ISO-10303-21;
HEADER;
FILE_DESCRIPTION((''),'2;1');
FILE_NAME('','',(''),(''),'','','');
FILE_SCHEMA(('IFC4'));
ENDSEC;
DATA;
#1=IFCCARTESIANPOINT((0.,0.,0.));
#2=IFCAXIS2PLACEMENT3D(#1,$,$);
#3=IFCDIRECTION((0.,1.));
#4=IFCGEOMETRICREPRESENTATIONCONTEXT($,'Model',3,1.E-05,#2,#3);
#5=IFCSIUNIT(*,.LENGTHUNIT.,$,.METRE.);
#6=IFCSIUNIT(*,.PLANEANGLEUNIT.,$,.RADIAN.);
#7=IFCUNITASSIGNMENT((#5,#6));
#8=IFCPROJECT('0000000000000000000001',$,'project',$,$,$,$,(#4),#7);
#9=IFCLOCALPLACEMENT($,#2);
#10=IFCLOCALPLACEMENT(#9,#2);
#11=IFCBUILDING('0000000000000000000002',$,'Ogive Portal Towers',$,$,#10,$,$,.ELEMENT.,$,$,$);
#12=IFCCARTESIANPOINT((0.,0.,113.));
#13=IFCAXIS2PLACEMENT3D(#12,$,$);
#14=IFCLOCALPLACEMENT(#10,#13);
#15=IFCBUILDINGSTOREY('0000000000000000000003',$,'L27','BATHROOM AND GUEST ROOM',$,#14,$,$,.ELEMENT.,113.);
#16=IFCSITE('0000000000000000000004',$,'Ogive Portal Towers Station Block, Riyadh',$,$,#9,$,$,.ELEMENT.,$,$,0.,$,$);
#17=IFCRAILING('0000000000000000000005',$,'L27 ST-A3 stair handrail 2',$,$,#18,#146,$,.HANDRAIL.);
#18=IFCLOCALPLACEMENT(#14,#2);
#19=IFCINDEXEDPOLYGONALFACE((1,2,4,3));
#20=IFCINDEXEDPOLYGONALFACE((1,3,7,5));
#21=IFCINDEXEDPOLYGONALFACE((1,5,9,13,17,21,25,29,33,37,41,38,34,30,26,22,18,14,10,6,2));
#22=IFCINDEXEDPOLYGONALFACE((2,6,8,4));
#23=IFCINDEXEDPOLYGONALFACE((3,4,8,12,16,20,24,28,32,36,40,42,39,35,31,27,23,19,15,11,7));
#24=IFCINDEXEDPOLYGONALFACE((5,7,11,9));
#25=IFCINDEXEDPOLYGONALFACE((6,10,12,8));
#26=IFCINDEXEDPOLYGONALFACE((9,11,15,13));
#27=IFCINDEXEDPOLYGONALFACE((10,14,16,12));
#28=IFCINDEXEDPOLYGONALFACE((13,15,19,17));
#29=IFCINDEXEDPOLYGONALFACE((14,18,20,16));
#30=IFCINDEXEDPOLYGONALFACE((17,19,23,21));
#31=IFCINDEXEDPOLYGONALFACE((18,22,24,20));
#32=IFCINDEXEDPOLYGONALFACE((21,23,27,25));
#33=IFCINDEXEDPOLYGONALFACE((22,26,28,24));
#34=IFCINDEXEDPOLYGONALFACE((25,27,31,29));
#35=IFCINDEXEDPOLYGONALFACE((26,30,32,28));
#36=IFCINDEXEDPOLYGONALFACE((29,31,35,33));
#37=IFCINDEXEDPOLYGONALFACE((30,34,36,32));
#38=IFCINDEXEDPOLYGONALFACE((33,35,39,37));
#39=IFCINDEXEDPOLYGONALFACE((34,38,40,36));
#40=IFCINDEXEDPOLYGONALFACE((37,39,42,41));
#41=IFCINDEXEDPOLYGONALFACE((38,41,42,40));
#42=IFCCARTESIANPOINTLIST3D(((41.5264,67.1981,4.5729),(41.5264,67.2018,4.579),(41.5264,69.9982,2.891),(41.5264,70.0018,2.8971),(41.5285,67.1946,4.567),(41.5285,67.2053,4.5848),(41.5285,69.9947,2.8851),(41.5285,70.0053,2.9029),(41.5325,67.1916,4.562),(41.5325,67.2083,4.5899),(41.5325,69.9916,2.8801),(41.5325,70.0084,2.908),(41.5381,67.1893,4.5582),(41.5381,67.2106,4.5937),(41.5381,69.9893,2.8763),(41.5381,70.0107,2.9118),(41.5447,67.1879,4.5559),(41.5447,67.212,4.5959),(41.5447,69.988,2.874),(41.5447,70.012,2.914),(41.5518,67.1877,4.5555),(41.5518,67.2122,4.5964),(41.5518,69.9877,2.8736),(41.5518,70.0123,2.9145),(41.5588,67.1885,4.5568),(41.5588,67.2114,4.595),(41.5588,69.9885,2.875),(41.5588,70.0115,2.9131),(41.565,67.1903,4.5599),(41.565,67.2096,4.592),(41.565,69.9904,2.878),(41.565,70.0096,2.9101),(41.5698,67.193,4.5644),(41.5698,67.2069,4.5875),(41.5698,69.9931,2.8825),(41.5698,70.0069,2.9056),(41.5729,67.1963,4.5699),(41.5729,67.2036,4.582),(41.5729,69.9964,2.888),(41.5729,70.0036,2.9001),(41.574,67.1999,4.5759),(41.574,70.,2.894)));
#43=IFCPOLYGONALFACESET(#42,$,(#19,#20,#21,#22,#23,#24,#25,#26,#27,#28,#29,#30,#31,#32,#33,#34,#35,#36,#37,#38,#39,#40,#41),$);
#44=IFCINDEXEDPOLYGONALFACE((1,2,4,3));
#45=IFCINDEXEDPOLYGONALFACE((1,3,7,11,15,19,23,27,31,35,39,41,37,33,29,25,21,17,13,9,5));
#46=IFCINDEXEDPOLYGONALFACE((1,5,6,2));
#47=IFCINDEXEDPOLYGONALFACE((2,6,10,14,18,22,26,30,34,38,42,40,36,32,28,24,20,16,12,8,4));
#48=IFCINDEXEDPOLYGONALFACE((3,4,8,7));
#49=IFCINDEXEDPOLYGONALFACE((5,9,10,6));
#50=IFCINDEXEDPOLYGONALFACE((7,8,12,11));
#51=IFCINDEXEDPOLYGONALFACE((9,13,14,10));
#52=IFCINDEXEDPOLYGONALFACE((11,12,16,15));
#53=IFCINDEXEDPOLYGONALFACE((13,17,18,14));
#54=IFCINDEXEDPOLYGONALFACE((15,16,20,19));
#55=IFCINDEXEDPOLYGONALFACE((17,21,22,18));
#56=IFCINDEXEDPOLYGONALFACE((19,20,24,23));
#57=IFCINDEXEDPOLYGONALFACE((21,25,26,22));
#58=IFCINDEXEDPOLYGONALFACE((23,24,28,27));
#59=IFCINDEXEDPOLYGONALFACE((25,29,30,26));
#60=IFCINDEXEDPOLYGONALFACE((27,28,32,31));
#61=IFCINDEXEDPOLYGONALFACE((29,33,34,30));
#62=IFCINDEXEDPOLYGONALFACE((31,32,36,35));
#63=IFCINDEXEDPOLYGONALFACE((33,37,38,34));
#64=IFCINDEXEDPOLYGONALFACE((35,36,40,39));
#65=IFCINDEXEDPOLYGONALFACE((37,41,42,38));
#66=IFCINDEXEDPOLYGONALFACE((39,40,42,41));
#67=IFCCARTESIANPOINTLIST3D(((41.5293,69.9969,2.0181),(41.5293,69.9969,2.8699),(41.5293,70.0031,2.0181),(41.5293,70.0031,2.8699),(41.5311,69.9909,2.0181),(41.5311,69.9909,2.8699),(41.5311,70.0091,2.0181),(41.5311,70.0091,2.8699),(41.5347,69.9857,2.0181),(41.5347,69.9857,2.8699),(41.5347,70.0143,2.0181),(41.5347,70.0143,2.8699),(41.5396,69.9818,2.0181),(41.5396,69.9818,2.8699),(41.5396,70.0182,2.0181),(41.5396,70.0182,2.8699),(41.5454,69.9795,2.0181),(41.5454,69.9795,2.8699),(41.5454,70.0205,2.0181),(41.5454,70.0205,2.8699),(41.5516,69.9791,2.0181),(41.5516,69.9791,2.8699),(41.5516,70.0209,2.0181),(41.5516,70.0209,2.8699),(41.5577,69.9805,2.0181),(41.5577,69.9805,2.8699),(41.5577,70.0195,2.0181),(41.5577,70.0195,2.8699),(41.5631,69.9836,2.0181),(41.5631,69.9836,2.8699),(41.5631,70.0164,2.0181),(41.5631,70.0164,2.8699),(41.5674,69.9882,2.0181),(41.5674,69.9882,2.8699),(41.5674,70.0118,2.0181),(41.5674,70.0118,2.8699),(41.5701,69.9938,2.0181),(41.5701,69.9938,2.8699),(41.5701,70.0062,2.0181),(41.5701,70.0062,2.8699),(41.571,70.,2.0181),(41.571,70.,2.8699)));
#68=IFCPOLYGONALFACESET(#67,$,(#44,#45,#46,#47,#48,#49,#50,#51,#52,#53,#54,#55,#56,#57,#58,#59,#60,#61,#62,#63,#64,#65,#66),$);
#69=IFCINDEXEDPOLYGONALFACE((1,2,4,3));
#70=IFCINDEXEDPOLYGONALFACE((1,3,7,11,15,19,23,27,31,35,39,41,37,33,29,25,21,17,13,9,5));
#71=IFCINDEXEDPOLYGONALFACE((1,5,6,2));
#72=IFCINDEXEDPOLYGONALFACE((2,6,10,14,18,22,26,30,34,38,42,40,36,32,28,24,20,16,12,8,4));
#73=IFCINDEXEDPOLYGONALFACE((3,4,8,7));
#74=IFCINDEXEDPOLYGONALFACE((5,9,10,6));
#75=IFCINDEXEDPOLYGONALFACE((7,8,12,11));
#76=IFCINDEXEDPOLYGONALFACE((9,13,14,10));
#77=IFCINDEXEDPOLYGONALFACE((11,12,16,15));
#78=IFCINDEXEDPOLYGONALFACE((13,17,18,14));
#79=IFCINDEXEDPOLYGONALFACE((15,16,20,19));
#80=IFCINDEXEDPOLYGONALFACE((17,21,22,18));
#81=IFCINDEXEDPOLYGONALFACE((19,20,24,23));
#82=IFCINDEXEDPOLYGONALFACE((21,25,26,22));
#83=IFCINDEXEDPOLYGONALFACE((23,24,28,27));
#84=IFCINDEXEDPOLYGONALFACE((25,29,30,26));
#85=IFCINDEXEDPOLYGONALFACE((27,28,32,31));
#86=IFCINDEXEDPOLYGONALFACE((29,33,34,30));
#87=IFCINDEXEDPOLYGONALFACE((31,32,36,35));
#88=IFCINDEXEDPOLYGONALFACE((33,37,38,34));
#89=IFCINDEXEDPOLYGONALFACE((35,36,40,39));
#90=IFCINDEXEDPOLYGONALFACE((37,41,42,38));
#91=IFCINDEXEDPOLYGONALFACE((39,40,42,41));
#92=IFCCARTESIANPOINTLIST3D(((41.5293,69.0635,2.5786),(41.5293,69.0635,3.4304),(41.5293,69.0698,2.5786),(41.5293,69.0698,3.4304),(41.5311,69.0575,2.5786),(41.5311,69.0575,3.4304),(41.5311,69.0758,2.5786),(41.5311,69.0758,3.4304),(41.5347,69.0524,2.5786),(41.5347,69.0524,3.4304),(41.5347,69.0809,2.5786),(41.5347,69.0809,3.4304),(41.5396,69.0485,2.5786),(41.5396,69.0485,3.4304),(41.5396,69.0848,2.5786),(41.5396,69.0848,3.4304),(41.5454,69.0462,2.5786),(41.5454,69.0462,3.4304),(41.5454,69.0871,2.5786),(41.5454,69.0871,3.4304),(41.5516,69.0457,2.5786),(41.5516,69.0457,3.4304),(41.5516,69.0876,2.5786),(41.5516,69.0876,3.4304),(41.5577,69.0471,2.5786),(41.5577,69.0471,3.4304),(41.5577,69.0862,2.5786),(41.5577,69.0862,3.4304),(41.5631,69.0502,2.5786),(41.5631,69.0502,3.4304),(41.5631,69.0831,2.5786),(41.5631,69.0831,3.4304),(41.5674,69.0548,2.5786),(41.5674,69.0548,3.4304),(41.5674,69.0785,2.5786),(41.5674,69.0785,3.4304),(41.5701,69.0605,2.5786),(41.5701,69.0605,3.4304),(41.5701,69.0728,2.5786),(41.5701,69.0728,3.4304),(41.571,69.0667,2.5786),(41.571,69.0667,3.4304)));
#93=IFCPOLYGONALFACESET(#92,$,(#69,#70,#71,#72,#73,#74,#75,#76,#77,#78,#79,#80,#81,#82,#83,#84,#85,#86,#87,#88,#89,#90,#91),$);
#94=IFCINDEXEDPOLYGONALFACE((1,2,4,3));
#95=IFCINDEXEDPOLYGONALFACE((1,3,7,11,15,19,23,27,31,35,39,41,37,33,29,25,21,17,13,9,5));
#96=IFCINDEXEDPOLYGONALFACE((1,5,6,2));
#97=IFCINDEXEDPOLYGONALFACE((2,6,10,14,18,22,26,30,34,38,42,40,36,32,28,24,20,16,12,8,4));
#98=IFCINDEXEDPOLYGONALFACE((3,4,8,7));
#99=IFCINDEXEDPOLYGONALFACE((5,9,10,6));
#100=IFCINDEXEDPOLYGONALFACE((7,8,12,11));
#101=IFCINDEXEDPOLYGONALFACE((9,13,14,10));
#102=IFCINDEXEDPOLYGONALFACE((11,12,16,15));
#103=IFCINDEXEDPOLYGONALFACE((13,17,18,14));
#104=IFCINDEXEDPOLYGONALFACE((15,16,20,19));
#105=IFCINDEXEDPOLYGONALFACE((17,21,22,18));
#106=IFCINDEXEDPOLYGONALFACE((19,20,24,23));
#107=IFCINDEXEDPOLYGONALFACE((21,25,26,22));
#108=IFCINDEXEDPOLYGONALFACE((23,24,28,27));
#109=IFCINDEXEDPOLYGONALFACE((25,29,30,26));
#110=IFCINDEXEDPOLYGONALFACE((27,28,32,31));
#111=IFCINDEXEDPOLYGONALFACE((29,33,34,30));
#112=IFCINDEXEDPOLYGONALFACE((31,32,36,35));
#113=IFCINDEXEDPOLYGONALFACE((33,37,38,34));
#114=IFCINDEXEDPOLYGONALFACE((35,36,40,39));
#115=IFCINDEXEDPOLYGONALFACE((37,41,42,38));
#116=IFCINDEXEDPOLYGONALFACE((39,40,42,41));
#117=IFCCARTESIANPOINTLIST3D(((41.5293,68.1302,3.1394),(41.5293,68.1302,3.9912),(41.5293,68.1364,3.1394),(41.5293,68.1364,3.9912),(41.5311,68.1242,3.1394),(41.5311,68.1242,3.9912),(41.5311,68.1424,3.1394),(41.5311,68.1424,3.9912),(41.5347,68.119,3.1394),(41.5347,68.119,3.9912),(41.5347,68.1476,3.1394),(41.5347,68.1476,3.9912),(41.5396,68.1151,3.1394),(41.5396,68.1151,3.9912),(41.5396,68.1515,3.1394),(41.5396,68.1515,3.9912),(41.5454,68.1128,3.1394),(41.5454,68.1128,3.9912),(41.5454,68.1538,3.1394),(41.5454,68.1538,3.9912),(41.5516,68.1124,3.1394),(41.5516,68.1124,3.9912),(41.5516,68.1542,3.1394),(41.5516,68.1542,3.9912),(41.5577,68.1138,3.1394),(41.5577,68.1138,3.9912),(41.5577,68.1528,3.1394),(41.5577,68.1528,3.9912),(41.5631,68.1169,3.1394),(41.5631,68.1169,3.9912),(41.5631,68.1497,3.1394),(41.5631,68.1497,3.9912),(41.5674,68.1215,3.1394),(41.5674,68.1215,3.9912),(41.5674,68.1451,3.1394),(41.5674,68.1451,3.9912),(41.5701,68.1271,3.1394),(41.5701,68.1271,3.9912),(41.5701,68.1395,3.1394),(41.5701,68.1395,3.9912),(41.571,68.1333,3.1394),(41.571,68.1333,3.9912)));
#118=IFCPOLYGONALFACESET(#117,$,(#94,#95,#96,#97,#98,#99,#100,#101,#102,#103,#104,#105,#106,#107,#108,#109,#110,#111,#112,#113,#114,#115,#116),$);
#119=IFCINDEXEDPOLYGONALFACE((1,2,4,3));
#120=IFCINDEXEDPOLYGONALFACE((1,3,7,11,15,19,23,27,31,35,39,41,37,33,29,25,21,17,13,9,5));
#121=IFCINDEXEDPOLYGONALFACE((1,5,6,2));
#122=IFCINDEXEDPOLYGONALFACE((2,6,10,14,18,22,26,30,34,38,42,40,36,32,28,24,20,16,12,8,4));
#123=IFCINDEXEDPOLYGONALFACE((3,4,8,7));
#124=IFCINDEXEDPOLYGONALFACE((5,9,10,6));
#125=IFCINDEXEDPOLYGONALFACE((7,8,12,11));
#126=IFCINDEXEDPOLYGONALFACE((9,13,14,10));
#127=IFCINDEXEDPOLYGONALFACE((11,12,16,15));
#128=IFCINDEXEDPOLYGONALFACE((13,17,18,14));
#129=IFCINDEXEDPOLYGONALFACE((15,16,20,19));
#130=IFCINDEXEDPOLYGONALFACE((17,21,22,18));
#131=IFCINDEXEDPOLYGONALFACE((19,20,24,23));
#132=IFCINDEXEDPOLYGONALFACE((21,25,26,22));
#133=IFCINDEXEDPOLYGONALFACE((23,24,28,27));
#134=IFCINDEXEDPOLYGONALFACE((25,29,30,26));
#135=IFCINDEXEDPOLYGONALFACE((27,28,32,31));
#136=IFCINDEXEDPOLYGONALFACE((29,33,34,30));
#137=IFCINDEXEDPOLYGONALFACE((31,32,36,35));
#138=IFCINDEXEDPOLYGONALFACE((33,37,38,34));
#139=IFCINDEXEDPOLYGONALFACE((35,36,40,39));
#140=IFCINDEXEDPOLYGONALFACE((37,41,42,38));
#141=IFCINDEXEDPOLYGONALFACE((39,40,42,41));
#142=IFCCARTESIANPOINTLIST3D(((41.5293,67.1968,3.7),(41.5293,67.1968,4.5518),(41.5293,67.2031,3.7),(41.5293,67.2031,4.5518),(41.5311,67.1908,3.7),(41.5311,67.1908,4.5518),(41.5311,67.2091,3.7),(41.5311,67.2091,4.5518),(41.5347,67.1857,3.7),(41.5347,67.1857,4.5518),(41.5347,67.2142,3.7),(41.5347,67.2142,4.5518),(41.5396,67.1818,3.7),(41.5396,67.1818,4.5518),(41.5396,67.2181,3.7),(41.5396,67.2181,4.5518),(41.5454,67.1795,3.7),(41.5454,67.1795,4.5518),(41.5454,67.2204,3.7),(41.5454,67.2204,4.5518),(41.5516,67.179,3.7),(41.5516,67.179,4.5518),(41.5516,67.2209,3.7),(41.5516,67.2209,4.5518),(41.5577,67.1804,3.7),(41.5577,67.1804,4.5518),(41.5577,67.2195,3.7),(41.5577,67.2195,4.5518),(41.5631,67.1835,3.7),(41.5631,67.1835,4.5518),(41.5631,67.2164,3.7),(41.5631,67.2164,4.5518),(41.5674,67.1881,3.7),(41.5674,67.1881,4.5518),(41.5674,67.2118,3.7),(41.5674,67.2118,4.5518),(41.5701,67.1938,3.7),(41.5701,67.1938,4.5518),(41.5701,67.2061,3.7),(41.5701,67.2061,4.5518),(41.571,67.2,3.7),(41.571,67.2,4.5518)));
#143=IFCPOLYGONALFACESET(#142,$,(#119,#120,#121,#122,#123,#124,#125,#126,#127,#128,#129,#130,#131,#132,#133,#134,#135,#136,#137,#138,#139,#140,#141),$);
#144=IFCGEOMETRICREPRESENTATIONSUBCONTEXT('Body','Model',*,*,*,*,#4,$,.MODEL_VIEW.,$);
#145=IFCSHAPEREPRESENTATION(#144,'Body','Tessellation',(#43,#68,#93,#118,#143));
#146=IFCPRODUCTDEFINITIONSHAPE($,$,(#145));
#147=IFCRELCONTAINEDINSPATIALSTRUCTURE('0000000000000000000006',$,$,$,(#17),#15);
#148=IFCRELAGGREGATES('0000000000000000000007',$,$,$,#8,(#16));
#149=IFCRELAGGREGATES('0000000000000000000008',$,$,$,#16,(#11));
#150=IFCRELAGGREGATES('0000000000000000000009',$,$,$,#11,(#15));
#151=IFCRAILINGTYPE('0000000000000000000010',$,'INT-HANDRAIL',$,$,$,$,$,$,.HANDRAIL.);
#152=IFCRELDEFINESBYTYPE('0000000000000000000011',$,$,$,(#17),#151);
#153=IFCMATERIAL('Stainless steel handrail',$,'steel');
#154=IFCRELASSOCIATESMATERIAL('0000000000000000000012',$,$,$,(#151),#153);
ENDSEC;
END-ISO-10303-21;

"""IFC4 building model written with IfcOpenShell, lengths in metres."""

from ifc_helpers import new_model, si_unit, direction, frame, origin, origin_2d, place, context, subcontext, project, spatial, circle, extrude, material, type_object, element, save


model = new_model("IFC4")

# Units and contexts
model_context = context("Model", 3, precision=1e-05, world=origin(), true_north=direction((0.0, 1.0)))
body_context = subcontext(model_context, "Body", "Model", "MODEL_VIEW")
ifc_project = project(units=[si_unit("LENGTHUNIT", "METRE"), si_unit("PLANEANGLEUNIT", "RADIAN")], contexts=[model_context])

# Site, building, storey
site_placement = place(None, origin())
site = spatial("IfcSite", under=ifc_project, at=site_placement, Name="Ogive Portal Towers Station Block, Riyadh", CompositionType="ELEMENT", RefElevation=0.0)
building_placement = place(site_placement, origin())
building = spatial("IfcBuilding", under=site, at=building_placement, Name="Ogive Portal Towers", CompositionType="ELEMENT")
storey_placement = place(building_placement, frame((0.0, 0.0, 113.0)))
storey = spatial("IfcBuildingStorey", under=building, at=storey_placement, Name="L27", Description="BATHROOM AND GUEST ROOM", CompositionType="ELEMENT", Elevation=113.0)

# Railing
ifc_material_1 = material(Name="Stainless steel handrail", Category="steel")
railing_type_1 = type_object("IfcRailingType", Name="INT-HANDRAIL", PredefinedType="HANDRAIL", material=ifc_material_1)
railing_1_placement = place(storey_placement, frame((41.55, 70.0, 2.0181)))
element("IfcRailing", 1, at=railing_1_placement, inside=storey, type_object=railing_type_1, Name="L27 ST-A3 stair handrail 2", PredefinedType="HANDRAIL", context=body_context, shape_type="SweptSolid", body=[
    extrude(circle(Radius=0.0239, at=origin_2d()), frame((0.0, 0.0, 0.876), z_axis=(0.0, -0.857242, 0.514913), x_axis=(1.0, 0.0, 0.0)), (0.0, 0.0, 1.0), 3.2664),
    extrude(circle(Radius=0.021, at=origin_2d()), origin(), (0.0, 0.0, 1.0), 0.8518),
    extrude(circle(Radius=0.021, at=origin_2d()), frame((0.0, -0.9333, 0.5605)), (0.0, 0.0, 1.0), 0.8518),
    extrude(circle(Radius=0.021, at=origin_2d()), frame((0.0, -1.8667, 1.1213)), (0.0, 0.0, 1.0), 0.8518),
    extrude(circle(Radius=0.021, at=origin_2d()), frame((0.0, -2.8, 1.6819)), (0.0, 0.0, 1.0), 0.8518),
])

save(model, "model.ifc")
